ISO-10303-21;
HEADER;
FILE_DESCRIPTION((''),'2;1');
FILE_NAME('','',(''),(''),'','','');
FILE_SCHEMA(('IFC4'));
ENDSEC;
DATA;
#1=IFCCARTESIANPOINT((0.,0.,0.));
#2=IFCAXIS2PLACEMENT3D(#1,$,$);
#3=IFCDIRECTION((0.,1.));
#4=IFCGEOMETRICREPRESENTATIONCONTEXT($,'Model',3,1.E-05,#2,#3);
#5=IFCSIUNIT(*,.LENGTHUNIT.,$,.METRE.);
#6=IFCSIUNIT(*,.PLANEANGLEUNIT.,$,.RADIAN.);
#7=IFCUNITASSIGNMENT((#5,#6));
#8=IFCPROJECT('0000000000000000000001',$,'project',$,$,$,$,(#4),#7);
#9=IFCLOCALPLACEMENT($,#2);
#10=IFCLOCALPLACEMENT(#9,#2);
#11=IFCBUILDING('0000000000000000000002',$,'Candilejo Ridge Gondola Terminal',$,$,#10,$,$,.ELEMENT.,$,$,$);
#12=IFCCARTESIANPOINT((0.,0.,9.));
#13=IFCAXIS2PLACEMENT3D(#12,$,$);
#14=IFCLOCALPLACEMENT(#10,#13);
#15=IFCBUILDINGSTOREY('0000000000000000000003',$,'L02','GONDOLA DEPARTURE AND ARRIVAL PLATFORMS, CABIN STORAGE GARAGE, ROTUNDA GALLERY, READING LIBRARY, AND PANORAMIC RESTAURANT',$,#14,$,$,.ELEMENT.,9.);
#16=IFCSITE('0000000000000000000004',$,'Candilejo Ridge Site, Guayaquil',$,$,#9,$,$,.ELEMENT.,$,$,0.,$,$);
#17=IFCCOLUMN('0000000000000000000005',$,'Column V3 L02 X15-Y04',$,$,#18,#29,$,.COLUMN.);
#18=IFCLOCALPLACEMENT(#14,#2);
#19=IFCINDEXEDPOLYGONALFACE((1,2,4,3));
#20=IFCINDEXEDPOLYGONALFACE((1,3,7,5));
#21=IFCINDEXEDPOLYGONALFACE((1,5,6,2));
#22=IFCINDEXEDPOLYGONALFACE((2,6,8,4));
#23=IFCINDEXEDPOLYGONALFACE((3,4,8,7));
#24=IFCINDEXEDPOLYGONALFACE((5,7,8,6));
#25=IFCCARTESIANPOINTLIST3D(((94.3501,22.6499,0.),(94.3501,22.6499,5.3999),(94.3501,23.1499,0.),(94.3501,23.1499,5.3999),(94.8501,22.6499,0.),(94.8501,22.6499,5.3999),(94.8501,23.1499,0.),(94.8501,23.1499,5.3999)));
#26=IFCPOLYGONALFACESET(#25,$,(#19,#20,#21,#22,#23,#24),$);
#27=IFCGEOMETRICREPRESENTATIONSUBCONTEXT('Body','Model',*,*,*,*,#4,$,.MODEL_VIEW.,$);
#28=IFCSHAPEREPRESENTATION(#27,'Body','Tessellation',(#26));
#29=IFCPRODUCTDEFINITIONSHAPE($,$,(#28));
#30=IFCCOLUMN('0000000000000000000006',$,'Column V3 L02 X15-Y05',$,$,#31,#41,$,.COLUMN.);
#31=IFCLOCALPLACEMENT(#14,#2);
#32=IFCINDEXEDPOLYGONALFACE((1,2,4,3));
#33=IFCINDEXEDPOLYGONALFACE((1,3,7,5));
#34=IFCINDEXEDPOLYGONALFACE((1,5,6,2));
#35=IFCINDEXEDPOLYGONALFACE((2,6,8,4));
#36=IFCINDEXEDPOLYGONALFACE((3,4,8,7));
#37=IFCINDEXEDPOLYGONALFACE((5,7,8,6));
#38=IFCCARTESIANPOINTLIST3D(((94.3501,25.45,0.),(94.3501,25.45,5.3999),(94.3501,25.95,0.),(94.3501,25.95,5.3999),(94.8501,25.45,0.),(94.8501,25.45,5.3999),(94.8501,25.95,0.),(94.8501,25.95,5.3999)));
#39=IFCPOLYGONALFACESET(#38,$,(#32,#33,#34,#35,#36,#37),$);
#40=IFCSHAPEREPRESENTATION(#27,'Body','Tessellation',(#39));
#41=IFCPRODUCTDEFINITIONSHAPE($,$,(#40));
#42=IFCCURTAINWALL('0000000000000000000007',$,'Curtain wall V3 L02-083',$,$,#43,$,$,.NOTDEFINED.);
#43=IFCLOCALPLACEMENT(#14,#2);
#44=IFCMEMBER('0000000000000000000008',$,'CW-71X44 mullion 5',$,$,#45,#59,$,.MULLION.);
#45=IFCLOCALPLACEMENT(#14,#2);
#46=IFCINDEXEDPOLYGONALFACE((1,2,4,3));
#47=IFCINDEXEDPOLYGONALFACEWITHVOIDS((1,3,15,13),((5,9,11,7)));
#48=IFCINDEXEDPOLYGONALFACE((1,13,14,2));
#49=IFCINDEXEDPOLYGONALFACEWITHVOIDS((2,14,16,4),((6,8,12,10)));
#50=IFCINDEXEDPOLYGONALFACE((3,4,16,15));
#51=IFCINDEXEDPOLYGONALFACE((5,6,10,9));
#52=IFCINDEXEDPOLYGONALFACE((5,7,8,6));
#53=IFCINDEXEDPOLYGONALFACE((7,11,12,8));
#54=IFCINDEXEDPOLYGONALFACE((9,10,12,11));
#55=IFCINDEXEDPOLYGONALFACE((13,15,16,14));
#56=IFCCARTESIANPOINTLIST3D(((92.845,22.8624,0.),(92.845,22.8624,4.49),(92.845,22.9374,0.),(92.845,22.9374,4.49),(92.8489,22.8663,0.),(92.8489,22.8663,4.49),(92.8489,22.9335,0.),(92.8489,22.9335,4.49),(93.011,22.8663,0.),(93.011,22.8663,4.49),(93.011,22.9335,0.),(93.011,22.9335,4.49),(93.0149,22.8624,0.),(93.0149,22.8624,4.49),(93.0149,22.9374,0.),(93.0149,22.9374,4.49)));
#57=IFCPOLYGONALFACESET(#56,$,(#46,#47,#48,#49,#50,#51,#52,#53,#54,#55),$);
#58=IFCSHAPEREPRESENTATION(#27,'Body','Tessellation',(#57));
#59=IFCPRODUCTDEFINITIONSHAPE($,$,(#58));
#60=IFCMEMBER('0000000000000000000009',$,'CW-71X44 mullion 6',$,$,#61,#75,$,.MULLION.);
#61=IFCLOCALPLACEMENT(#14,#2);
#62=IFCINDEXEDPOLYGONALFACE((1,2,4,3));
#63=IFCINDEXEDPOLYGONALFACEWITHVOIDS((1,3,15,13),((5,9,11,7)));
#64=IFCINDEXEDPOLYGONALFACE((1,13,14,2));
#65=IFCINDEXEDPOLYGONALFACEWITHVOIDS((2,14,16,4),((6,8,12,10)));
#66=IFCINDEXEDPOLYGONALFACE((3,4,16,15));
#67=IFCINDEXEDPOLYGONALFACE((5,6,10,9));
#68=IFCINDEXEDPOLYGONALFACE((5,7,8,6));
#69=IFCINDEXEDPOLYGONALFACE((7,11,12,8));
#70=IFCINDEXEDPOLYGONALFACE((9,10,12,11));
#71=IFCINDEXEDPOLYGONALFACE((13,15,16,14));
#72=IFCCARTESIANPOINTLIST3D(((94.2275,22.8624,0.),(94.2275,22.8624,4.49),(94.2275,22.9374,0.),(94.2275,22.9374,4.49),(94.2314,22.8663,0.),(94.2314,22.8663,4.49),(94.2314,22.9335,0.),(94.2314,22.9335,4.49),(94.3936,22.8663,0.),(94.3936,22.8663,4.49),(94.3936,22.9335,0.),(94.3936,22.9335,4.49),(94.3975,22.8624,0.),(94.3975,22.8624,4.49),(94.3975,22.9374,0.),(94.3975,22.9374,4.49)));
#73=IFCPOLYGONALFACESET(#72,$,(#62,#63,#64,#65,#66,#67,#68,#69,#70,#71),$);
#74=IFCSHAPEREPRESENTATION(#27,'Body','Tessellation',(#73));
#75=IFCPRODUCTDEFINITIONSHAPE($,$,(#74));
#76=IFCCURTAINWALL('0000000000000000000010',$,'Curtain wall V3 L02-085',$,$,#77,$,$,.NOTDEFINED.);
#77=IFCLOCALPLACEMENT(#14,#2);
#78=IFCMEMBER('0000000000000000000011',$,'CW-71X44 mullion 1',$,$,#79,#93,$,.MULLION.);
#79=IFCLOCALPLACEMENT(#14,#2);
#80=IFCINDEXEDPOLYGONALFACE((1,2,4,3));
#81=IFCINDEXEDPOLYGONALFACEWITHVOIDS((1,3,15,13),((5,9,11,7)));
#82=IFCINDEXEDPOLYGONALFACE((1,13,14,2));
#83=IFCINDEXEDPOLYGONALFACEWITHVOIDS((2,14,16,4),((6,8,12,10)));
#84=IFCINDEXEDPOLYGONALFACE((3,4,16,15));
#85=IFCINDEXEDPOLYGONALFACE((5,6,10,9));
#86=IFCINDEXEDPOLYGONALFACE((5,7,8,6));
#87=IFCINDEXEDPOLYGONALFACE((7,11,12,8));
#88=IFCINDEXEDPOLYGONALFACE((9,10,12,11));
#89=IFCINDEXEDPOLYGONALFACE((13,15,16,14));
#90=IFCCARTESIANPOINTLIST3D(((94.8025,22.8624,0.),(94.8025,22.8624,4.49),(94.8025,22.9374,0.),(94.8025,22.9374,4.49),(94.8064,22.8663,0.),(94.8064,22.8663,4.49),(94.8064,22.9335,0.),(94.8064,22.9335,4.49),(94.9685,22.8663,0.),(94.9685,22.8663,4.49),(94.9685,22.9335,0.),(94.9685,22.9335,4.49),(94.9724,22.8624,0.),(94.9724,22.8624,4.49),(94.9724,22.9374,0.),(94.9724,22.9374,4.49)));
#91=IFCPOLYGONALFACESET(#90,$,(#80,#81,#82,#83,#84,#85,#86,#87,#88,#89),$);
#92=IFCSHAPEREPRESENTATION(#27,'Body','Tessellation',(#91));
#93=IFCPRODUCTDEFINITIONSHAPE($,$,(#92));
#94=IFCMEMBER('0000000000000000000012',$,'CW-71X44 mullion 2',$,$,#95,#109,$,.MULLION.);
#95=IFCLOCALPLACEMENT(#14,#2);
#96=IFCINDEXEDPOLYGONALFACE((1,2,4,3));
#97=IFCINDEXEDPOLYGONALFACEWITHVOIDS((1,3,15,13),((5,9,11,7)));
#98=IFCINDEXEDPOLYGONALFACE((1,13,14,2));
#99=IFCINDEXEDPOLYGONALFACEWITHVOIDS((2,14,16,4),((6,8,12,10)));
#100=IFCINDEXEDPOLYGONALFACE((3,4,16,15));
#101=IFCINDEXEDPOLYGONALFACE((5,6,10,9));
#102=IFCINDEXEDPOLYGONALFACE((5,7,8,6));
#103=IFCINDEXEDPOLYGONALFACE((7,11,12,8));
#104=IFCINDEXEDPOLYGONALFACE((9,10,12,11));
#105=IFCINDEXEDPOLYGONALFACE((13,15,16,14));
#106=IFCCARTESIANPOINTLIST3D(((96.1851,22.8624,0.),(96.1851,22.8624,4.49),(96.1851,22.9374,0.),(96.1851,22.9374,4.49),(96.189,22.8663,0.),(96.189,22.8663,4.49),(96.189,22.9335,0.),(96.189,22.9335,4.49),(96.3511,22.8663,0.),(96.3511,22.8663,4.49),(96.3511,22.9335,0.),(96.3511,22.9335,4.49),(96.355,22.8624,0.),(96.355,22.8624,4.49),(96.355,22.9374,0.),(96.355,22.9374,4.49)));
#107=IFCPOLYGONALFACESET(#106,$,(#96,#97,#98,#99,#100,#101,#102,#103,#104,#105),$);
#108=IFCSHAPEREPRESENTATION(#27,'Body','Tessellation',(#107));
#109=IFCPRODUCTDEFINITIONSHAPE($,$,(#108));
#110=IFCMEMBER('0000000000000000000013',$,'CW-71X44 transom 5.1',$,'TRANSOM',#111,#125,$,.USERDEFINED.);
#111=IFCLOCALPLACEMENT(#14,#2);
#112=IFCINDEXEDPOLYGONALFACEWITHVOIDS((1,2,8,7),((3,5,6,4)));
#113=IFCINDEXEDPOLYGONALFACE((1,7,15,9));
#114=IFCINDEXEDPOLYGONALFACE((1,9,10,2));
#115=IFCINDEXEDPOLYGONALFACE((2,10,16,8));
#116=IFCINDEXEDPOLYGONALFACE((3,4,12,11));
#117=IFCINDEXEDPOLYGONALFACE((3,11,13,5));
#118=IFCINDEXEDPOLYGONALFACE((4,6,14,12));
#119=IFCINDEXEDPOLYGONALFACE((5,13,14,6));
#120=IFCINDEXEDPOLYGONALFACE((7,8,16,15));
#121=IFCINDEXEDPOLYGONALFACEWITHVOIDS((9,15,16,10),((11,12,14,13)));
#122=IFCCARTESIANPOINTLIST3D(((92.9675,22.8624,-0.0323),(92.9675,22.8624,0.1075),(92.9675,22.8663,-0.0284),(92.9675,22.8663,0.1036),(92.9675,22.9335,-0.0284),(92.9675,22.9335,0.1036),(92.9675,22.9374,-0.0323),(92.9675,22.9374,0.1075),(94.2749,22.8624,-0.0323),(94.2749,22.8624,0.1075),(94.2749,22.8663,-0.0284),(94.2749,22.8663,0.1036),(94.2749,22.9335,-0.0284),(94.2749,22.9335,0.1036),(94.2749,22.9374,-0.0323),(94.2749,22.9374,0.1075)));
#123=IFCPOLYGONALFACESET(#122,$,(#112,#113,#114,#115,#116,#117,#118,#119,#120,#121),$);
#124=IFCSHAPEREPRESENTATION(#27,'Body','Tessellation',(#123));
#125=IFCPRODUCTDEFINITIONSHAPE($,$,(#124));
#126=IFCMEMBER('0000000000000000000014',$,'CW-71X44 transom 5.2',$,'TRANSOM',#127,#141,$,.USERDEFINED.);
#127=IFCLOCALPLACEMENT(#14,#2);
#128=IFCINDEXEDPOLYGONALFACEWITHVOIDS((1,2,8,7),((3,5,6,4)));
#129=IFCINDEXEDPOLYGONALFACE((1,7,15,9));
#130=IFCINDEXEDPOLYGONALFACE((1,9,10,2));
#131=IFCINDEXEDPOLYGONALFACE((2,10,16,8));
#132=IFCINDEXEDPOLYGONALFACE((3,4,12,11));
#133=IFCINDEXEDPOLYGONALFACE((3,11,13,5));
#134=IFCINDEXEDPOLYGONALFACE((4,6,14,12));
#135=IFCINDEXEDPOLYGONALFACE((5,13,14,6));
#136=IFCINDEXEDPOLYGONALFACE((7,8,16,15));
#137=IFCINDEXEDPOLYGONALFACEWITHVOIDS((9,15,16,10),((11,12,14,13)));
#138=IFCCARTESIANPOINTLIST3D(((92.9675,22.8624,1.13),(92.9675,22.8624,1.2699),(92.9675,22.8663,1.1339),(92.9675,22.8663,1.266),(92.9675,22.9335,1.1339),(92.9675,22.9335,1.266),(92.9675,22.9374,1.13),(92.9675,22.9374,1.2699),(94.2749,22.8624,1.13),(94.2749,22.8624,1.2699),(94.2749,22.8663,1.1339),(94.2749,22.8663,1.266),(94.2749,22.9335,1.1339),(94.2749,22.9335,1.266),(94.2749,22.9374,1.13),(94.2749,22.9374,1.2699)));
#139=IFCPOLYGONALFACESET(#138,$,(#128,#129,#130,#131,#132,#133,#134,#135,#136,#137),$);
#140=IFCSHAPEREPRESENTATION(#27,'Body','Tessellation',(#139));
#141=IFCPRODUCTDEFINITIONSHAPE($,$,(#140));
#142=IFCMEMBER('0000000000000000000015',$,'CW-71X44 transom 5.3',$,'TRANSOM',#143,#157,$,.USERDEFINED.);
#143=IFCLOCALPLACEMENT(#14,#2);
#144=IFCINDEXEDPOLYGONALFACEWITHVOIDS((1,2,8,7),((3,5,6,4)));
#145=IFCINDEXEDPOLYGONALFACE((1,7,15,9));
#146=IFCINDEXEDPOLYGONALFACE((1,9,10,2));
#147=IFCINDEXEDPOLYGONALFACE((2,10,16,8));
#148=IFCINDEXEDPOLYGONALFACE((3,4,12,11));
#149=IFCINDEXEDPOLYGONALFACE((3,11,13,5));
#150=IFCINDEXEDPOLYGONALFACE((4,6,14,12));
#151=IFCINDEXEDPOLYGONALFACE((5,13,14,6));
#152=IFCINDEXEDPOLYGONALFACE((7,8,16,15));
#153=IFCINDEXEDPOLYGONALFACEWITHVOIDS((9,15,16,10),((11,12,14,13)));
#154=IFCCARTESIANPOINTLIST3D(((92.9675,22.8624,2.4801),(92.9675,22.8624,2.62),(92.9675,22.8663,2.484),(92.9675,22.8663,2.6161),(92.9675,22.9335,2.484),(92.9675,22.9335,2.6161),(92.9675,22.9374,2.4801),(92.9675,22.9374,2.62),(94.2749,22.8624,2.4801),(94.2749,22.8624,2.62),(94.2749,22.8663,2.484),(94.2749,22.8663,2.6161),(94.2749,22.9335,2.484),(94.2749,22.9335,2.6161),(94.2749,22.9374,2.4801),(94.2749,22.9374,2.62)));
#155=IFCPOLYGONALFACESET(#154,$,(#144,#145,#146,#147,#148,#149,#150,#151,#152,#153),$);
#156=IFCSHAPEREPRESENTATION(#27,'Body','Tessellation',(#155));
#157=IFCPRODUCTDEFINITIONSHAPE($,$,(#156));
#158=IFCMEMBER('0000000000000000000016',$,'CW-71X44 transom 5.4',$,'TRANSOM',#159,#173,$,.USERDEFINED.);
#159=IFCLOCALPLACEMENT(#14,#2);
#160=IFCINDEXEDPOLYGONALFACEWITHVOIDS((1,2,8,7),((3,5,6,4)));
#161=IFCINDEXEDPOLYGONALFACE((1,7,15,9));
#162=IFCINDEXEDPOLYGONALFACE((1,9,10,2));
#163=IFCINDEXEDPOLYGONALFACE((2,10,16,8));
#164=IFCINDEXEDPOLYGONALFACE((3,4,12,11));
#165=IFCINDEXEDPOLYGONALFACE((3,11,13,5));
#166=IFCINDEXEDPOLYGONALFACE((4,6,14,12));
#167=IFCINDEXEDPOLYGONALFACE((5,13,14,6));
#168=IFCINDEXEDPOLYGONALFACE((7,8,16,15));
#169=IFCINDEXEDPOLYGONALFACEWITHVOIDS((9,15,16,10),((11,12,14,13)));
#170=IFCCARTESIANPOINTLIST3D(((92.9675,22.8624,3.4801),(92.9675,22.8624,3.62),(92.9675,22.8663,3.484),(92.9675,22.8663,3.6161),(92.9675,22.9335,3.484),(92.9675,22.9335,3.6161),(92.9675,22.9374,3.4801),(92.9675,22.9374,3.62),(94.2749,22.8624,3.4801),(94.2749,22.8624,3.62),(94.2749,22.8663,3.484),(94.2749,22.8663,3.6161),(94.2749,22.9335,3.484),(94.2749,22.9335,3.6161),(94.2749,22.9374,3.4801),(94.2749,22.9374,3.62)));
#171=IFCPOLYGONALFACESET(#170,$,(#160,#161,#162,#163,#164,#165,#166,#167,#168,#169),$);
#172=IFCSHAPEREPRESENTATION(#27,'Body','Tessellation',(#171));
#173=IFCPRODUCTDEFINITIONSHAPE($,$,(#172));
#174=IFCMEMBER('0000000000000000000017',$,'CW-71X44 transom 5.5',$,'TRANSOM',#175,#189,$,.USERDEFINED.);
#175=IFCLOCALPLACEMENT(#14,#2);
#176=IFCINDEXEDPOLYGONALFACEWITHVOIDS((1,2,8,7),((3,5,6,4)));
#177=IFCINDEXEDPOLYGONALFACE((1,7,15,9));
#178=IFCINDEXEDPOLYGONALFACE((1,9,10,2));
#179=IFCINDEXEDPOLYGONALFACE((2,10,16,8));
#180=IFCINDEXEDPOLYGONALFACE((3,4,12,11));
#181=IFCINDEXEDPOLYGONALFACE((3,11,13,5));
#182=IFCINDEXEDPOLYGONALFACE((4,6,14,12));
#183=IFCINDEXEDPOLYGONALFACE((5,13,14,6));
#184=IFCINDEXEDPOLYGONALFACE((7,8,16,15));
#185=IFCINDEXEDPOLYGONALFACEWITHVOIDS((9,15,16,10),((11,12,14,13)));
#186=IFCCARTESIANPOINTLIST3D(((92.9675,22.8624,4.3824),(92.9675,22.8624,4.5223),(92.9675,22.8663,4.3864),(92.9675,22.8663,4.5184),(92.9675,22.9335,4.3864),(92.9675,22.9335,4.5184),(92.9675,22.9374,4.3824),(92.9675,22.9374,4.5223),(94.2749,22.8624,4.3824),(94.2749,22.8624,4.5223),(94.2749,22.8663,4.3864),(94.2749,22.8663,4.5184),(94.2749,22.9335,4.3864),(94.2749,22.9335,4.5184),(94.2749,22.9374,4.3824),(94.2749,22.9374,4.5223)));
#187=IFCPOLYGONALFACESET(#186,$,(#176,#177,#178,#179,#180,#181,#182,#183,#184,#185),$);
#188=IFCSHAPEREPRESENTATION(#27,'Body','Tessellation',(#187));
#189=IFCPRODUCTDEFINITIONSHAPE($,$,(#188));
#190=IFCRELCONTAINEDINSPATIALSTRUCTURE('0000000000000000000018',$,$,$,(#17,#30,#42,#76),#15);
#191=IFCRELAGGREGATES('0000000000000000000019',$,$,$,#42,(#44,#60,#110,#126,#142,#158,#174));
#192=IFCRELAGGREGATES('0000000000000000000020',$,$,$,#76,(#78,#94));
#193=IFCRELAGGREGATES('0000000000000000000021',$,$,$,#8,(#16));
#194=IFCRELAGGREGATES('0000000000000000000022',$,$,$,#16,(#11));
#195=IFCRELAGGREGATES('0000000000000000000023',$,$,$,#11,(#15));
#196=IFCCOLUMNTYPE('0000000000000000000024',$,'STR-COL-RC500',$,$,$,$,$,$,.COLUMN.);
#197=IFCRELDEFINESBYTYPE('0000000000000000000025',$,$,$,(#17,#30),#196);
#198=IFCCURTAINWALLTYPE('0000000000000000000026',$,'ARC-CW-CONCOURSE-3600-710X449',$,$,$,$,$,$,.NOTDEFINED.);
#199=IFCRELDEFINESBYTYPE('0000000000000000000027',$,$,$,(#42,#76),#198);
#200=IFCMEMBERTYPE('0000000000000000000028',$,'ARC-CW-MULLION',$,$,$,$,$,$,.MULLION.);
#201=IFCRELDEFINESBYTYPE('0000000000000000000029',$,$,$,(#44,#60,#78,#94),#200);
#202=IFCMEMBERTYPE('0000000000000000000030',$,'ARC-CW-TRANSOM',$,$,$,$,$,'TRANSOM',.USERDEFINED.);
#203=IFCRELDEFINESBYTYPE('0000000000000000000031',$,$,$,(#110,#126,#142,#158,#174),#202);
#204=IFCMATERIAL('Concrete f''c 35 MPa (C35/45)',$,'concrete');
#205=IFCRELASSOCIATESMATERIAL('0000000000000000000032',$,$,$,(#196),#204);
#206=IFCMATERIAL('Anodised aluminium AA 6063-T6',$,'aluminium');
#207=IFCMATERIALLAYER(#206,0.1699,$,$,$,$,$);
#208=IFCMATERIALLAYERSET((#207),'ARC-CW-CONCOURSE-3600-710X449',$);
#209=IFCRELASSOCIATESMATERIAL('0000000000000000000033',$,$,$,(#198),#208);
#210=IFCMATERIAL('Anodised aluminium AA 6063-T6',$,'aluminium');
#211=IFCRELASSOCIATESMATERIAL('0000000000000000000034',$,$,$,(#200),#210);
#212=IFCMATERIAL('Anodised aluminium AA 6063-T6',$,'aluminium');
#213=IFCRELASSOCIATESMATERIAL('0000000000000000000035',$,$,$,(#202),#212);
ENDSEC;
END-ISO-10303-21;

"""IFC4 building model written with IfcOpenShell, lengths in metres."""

from ifc_helpers import new_model, si_unit, direction, frame, origin, origin_2d, place, context, subcontext, project, spatial, rectangle, hollow_rectangle, extrude, material, layer, layer_set, material_profile, profile_set, type_object, element, aggregate, save


model = new_model("IFC4")

# Units and contexts
model_context = context("Model", 3, precision=1e-05, world=origin(), true_north=direction((0.0, 1.0)))
body_context = subcontext(model_context, "Body", "Model", "MODEL_VIEW")
ifc_project = project(units=[si_unit("LENGTHUNIT", "METRE"), si_unit("PLANEANGLEUNIT", "RADIAN")], contexts=[model_context])

# Site, building, storey
site_placement = place(None, origin())
site = spatial("IfcSite", under=ifc_project, at=site_placement, Name="Candilejo Ridge Site, Guayaquil", CompositionType="ELEMENT", RefElevation=0.0)
building_placement = place(site_placement, origin())
building = spatial("IfcBuilding", under=site, at=building_placement, Name="Candilejo Ridge Gondola Terminal", CompositionType="ELEMENT")
storey_placement = place(building_placement, frame((0.0, 0.0, 9.0)))
storey = spatial("IfcBuildingStorey", under=building, at=storey_placement, Name="L02", Description="GONDOLA DEPARTURE AND ARRIVAL PLATFORMS, CABIN STORAGE GARAGE, ROTUNDA GALLERY, READING LIBRARY, AND PANORAMIC RESTAURANT", CompositionType="ELEMENT", Elevation=9.0)

# Columns
ifc_material_1 = material(Name="Concrete f'c 35 MPa (C35/45)", Category="concrete")
ifc_material_profile_1 = material_profile(ifc_material_1, rectangle(XDim=0.5, YDim=0.5, at=origin_2d()))
ifc_profile_set_1 = profile_set([ifc_material_profile_1], Name="Concrete f'c 35 MPa (C35/45)")
column_type = type_object("IfcColumnType", Name="STR-COL-RC500", PredefinedType="COLUMN", material=ifc_profile_set_1)
for number, where, z_axis, x_axis, name in (
    (1, (94.6001, 22.8999, 0.0), (0.0, 0.0, 1.0), (1.0, 0.0, 0.0), "Column V3 L02 X15-Y04"),
    (2, (94.6001, 25.7, 0.0), (0.0, 0.0, 1.0), (1.0, 0.0, 0.0), "Column V3 L02 X15-Y05"),
):
    element("IfcColumn", number, at=place(storey_placement, frame(where, z_axis=z_axis, x_axis=x_axis)), inside=storey, type_object=column_type, Name=name, PredefinedType="COLUMN", context=body_context, shape_type="SweptSolid", body=[
        extrude(rectangle(XDim=0.5, YDim=0.5, at=origin_2d()), origin(), (0.0, 0.0, 1.0), 5.3999),
    ])

# Curtain walls, members
ifc_material_2 = material(Name="Anodised aluminium AA 6063-T6", Category="aluminium")
ifc_layer_1 = layer(ifc_material_2, 0.1699)
ifc_layer_set_1 = layer_set([ifc_layer_1], Name="ARC-CW-CONCOURSE-3600-710X449")
curtain_wall_type = type_object("IfcCurtainWallType", Name="ARC-CW-CONCOURSE-3600-710X449", PredefinedType="NOTDEFINED", material=ifc_layer_set_1)
curtain_wall_1_placement = place(storey_placement, origin())
curtain_wall_1 = element("IfcCurtainWall", 3, at=curtain_wall_1_placement, inside=storey, type_object=curtain_wall_type, Name="Curtain wall V3 L02-083", PredefinedType="NOTDEFINED")
ifc_material_3 = material(Name="Anodised aluminium AA 6063-T6", Category="aluminium")
ifc_material_profile_2 = material_profile(ifc_material_3, hollow_rectangle(XDim=0.075, YDim=0.1699, WallThickness=0.0039, at=origin_2d()))
ifc_profile_set_2 = profile_set([ifc_material_profile_2], Name="Anodised aluminium AA 6063-T6")
member_type_1 = type_object("IfcMemberType", Name="ARC-CW-MULLION", PredefinedType="MULLION", material=ifc_profile_set_2)
member_1_placement = place(storey_placement, frame((92.9299, 22.8999, 0.0), z_axis=(0.0, 0.0, 1.0), x_axis=(0.0, 1.0, 0.0)))
member_1 = element("IfcMember", 4, at=member_1_placement, type_object=member_type_1, Name="CW-71X44 mullion 5", PredefinedType="MULLION", context=body_context, shape_type="SweptSolid", body=[
    extrude(hollow_rectangle(XDim=0.075, YDim=0.1699, WallThickness=0.0039, at=origin_2d()), origin(), (0.0, 0.0, 1.0), 4.49),
])
member_2_placement = place(storey_placement, frame((94.3125, 22.8999, 0.0), z_axis=(0.0, 0.0, 1.0), x_axis=(0.0, 1.0, 0.0)))
member_2 = element("IfcMember", 5, at=member_2_placement, type_object=member_type_1, Name="CW-71X44 mullion 6", PredefinedType="MULLION", context=body_context, shape_type="SweptSolid", body=[
    extrude(hollow_rectangle(XDim=0.075, YDim=0.1699, WallThickness=0.0039, at=origin_2d()), origin(), (0.0, 0.0, 1.0), 4.49),
])
curtain_wall_2_placement = place(storey_placement, origin())
curtain_wall_2 = element("IfcCurtainWall", 6, at=curtain_wall_2_placement, inside=storey, type_object=curtain_wall_type, Name="Curtain wall V3 L02-085", PredefinedType="NOTDEFINED")
member_3_placement = place(storey_placement, frame((94.8875, 22.8999, 0.0), z_axis=(0.0, 0.0, 1.0), x_axis=(0.0, 1.0, 0.0)))
member_3 = element("IfcMember", 7, at=member_3_placement, type_object=member_type_1, Name="CW-71X44 mullion 1", PredefinedType="MULLION", context=body_context, shape_type="SweptSolid", body=[
    extrude(hollow_rectangle(XDim=0.075, YDim=0.1699, WallThickness=0.0039, at=origin_2d()), origin(), (0.0, 0.0, 1.0), 4.49),
])
member_4_placement = place(storey_placement, frame((96.27, 22.8999, 0.0), z_axis=(0.0, 0.0, 1.0), x_axis=(0.0, 1.0, 0.0)))
member_4 = element("IfcMember", 8, at=member_4_placement, type_object=member_type_1, Name="CW-71X44 mullion 2", PredefinedType="MULLION", context=body_context, shape_type="SweptSolid", body=[
    extrude(hollow_rectangle(XDim=0.075, YDim=0.1699, WallThickness=0.0039, at=origin_2d()), origin(), (0.0, 0.0, 1.0), 4.49),
])

# Members
ifc_material_4 = material(Name="Anodised aluminium AA 6063-T6", Category="aluminium")
ifc_material_profile_3 = material_profile(ifc_material_4, hollow_rectangle(XDim=0.075, YDim=0.1399, WallThickness=0.0039, at=origin_2d()))
ifc_profile_set_3 = profile_set([ifc_material_profile_3], Name="Anodised aluminium AA 6063-T6")
member_type_2 = type_object("IfcMemberType", Name="ARC-CW-TRANSOM", ElementType="TRANSOM", PredefinedType="USERDEFINED", material=ifc_profile_set_3)
member_5_placement = place(storey_placement, frame((92.9675, 22.8999, 0.0376), z_axis=(1.0, 0.0, 0.0), x_axis=(0.0, 1.0, 0.0)))
member_5 = element("IfcMember", 9, at=member_5_placement, type_object=member_type_2, Name="CW-71X44 transom 5.1", ObjectType="TRANSOM", PredefinedType="USERDEFINED", context=body_context, shape_type="SweptSolid", body=[
    extrude(hollow_rectangle(XDim=0.075, YDim=0.1399, WallThickness=0.0039, at=origin_2d()), origin(), (0.0, 0.0, 1.0), 1.3074),
])
member_6_placement = place(storey_placement, frame((92.9675, 22.8999, 1.2), z_axis=(1.0, 0.0, 0.0), x_axis=(0.0, 1.0, 0.0)))
member_6 = element("IfcMember", 10, at=member_6_placement, type_object=member_type_2, Name="CW-71X44 transom 5.2", ObjectType="TRANSOM", PredefinedType="USERDEFINED", context=body_context, shape_type="SweptSolid", body=[
    extrude(hollow_rectangle(XDim=0.075, YDim=0.1399, WallThickness=0.0039, at=origin_2d()), origin(), (0.0, 0.0, 1.0), 1.3074),
])
member_7_placement = place(storey_placement, frame((92.9675, 22.8999, 2.55), z_axis=(1.0, 0.0, 0.0), x_axis=(0.0, 1.0, 0.0)))
member_7 = element("IfcMember", 11, at=member_7_placement, type_object=member_type_2, Name="CW-71X44 transom 5.3", ObjectType="TRANSOM", PredefinedType="USERDEFINED", context=body_context, shape_type="SweptSolid", body=[
    extrude(hollow_rectangle(XDim=0.075, YDim=0.1399, WallThickness=0.0039, at=origin_2d()), origin(), (0.0, 0.0, 1.0), 1.3074),
])
member_8_placement = place(storey_placement, frame((92.9675, 22.8999, 3.55), z_axis=(1.0, 0.0, 0.0), x_axis=(0.0, 1.0, 0.0)))
member_8 = element("IfcMember", 12, at=member_8_placement, type_object=member_type_2, Name="CW-71X44 transom 5.4", ObjectType="TRANSOM", PredefinedType="USERDEFINED", context=body_context, shape_type="SweptSolid", body=[
    extrude(hollow_rectangle(XDim=0.075, YDim=0.1399, WallThickness=0.0039, at=origin_2d()), origin(), (0.0, 0.0, 1.0), 1.3074),
])
member_9_placement = place(storey_placement, frame((92.9675, 22.8999, 4.4524), z_axis=(1.0, 0.0, 0.0), x_axis=(0.0, 1.0, 0.0)))
member_9 = element("IfcMember", 13, at=member_9_placement, type_object=member_type_2, Name="CW-71X44 transom 5.5", ObjectType="TRANSOM", PredefinedType="USERDEFINED", context=body_context, shape_type="SweptSolid", body=[
    extrude(hollow_rectangle(XDim=0.075, YDim=0.1399, WallThickness=0.0039, at=origin_2d()), origin(), (0.0, 0.0, 1.0), 1.3074),
])

aggregate(curtain_wall_1, [member_1, member_2, member_5, member_6, member_7, member_8, member_9])
aggregate(curtain_wall_2, [member_3, member_4])

save(model, "model.ifc")
